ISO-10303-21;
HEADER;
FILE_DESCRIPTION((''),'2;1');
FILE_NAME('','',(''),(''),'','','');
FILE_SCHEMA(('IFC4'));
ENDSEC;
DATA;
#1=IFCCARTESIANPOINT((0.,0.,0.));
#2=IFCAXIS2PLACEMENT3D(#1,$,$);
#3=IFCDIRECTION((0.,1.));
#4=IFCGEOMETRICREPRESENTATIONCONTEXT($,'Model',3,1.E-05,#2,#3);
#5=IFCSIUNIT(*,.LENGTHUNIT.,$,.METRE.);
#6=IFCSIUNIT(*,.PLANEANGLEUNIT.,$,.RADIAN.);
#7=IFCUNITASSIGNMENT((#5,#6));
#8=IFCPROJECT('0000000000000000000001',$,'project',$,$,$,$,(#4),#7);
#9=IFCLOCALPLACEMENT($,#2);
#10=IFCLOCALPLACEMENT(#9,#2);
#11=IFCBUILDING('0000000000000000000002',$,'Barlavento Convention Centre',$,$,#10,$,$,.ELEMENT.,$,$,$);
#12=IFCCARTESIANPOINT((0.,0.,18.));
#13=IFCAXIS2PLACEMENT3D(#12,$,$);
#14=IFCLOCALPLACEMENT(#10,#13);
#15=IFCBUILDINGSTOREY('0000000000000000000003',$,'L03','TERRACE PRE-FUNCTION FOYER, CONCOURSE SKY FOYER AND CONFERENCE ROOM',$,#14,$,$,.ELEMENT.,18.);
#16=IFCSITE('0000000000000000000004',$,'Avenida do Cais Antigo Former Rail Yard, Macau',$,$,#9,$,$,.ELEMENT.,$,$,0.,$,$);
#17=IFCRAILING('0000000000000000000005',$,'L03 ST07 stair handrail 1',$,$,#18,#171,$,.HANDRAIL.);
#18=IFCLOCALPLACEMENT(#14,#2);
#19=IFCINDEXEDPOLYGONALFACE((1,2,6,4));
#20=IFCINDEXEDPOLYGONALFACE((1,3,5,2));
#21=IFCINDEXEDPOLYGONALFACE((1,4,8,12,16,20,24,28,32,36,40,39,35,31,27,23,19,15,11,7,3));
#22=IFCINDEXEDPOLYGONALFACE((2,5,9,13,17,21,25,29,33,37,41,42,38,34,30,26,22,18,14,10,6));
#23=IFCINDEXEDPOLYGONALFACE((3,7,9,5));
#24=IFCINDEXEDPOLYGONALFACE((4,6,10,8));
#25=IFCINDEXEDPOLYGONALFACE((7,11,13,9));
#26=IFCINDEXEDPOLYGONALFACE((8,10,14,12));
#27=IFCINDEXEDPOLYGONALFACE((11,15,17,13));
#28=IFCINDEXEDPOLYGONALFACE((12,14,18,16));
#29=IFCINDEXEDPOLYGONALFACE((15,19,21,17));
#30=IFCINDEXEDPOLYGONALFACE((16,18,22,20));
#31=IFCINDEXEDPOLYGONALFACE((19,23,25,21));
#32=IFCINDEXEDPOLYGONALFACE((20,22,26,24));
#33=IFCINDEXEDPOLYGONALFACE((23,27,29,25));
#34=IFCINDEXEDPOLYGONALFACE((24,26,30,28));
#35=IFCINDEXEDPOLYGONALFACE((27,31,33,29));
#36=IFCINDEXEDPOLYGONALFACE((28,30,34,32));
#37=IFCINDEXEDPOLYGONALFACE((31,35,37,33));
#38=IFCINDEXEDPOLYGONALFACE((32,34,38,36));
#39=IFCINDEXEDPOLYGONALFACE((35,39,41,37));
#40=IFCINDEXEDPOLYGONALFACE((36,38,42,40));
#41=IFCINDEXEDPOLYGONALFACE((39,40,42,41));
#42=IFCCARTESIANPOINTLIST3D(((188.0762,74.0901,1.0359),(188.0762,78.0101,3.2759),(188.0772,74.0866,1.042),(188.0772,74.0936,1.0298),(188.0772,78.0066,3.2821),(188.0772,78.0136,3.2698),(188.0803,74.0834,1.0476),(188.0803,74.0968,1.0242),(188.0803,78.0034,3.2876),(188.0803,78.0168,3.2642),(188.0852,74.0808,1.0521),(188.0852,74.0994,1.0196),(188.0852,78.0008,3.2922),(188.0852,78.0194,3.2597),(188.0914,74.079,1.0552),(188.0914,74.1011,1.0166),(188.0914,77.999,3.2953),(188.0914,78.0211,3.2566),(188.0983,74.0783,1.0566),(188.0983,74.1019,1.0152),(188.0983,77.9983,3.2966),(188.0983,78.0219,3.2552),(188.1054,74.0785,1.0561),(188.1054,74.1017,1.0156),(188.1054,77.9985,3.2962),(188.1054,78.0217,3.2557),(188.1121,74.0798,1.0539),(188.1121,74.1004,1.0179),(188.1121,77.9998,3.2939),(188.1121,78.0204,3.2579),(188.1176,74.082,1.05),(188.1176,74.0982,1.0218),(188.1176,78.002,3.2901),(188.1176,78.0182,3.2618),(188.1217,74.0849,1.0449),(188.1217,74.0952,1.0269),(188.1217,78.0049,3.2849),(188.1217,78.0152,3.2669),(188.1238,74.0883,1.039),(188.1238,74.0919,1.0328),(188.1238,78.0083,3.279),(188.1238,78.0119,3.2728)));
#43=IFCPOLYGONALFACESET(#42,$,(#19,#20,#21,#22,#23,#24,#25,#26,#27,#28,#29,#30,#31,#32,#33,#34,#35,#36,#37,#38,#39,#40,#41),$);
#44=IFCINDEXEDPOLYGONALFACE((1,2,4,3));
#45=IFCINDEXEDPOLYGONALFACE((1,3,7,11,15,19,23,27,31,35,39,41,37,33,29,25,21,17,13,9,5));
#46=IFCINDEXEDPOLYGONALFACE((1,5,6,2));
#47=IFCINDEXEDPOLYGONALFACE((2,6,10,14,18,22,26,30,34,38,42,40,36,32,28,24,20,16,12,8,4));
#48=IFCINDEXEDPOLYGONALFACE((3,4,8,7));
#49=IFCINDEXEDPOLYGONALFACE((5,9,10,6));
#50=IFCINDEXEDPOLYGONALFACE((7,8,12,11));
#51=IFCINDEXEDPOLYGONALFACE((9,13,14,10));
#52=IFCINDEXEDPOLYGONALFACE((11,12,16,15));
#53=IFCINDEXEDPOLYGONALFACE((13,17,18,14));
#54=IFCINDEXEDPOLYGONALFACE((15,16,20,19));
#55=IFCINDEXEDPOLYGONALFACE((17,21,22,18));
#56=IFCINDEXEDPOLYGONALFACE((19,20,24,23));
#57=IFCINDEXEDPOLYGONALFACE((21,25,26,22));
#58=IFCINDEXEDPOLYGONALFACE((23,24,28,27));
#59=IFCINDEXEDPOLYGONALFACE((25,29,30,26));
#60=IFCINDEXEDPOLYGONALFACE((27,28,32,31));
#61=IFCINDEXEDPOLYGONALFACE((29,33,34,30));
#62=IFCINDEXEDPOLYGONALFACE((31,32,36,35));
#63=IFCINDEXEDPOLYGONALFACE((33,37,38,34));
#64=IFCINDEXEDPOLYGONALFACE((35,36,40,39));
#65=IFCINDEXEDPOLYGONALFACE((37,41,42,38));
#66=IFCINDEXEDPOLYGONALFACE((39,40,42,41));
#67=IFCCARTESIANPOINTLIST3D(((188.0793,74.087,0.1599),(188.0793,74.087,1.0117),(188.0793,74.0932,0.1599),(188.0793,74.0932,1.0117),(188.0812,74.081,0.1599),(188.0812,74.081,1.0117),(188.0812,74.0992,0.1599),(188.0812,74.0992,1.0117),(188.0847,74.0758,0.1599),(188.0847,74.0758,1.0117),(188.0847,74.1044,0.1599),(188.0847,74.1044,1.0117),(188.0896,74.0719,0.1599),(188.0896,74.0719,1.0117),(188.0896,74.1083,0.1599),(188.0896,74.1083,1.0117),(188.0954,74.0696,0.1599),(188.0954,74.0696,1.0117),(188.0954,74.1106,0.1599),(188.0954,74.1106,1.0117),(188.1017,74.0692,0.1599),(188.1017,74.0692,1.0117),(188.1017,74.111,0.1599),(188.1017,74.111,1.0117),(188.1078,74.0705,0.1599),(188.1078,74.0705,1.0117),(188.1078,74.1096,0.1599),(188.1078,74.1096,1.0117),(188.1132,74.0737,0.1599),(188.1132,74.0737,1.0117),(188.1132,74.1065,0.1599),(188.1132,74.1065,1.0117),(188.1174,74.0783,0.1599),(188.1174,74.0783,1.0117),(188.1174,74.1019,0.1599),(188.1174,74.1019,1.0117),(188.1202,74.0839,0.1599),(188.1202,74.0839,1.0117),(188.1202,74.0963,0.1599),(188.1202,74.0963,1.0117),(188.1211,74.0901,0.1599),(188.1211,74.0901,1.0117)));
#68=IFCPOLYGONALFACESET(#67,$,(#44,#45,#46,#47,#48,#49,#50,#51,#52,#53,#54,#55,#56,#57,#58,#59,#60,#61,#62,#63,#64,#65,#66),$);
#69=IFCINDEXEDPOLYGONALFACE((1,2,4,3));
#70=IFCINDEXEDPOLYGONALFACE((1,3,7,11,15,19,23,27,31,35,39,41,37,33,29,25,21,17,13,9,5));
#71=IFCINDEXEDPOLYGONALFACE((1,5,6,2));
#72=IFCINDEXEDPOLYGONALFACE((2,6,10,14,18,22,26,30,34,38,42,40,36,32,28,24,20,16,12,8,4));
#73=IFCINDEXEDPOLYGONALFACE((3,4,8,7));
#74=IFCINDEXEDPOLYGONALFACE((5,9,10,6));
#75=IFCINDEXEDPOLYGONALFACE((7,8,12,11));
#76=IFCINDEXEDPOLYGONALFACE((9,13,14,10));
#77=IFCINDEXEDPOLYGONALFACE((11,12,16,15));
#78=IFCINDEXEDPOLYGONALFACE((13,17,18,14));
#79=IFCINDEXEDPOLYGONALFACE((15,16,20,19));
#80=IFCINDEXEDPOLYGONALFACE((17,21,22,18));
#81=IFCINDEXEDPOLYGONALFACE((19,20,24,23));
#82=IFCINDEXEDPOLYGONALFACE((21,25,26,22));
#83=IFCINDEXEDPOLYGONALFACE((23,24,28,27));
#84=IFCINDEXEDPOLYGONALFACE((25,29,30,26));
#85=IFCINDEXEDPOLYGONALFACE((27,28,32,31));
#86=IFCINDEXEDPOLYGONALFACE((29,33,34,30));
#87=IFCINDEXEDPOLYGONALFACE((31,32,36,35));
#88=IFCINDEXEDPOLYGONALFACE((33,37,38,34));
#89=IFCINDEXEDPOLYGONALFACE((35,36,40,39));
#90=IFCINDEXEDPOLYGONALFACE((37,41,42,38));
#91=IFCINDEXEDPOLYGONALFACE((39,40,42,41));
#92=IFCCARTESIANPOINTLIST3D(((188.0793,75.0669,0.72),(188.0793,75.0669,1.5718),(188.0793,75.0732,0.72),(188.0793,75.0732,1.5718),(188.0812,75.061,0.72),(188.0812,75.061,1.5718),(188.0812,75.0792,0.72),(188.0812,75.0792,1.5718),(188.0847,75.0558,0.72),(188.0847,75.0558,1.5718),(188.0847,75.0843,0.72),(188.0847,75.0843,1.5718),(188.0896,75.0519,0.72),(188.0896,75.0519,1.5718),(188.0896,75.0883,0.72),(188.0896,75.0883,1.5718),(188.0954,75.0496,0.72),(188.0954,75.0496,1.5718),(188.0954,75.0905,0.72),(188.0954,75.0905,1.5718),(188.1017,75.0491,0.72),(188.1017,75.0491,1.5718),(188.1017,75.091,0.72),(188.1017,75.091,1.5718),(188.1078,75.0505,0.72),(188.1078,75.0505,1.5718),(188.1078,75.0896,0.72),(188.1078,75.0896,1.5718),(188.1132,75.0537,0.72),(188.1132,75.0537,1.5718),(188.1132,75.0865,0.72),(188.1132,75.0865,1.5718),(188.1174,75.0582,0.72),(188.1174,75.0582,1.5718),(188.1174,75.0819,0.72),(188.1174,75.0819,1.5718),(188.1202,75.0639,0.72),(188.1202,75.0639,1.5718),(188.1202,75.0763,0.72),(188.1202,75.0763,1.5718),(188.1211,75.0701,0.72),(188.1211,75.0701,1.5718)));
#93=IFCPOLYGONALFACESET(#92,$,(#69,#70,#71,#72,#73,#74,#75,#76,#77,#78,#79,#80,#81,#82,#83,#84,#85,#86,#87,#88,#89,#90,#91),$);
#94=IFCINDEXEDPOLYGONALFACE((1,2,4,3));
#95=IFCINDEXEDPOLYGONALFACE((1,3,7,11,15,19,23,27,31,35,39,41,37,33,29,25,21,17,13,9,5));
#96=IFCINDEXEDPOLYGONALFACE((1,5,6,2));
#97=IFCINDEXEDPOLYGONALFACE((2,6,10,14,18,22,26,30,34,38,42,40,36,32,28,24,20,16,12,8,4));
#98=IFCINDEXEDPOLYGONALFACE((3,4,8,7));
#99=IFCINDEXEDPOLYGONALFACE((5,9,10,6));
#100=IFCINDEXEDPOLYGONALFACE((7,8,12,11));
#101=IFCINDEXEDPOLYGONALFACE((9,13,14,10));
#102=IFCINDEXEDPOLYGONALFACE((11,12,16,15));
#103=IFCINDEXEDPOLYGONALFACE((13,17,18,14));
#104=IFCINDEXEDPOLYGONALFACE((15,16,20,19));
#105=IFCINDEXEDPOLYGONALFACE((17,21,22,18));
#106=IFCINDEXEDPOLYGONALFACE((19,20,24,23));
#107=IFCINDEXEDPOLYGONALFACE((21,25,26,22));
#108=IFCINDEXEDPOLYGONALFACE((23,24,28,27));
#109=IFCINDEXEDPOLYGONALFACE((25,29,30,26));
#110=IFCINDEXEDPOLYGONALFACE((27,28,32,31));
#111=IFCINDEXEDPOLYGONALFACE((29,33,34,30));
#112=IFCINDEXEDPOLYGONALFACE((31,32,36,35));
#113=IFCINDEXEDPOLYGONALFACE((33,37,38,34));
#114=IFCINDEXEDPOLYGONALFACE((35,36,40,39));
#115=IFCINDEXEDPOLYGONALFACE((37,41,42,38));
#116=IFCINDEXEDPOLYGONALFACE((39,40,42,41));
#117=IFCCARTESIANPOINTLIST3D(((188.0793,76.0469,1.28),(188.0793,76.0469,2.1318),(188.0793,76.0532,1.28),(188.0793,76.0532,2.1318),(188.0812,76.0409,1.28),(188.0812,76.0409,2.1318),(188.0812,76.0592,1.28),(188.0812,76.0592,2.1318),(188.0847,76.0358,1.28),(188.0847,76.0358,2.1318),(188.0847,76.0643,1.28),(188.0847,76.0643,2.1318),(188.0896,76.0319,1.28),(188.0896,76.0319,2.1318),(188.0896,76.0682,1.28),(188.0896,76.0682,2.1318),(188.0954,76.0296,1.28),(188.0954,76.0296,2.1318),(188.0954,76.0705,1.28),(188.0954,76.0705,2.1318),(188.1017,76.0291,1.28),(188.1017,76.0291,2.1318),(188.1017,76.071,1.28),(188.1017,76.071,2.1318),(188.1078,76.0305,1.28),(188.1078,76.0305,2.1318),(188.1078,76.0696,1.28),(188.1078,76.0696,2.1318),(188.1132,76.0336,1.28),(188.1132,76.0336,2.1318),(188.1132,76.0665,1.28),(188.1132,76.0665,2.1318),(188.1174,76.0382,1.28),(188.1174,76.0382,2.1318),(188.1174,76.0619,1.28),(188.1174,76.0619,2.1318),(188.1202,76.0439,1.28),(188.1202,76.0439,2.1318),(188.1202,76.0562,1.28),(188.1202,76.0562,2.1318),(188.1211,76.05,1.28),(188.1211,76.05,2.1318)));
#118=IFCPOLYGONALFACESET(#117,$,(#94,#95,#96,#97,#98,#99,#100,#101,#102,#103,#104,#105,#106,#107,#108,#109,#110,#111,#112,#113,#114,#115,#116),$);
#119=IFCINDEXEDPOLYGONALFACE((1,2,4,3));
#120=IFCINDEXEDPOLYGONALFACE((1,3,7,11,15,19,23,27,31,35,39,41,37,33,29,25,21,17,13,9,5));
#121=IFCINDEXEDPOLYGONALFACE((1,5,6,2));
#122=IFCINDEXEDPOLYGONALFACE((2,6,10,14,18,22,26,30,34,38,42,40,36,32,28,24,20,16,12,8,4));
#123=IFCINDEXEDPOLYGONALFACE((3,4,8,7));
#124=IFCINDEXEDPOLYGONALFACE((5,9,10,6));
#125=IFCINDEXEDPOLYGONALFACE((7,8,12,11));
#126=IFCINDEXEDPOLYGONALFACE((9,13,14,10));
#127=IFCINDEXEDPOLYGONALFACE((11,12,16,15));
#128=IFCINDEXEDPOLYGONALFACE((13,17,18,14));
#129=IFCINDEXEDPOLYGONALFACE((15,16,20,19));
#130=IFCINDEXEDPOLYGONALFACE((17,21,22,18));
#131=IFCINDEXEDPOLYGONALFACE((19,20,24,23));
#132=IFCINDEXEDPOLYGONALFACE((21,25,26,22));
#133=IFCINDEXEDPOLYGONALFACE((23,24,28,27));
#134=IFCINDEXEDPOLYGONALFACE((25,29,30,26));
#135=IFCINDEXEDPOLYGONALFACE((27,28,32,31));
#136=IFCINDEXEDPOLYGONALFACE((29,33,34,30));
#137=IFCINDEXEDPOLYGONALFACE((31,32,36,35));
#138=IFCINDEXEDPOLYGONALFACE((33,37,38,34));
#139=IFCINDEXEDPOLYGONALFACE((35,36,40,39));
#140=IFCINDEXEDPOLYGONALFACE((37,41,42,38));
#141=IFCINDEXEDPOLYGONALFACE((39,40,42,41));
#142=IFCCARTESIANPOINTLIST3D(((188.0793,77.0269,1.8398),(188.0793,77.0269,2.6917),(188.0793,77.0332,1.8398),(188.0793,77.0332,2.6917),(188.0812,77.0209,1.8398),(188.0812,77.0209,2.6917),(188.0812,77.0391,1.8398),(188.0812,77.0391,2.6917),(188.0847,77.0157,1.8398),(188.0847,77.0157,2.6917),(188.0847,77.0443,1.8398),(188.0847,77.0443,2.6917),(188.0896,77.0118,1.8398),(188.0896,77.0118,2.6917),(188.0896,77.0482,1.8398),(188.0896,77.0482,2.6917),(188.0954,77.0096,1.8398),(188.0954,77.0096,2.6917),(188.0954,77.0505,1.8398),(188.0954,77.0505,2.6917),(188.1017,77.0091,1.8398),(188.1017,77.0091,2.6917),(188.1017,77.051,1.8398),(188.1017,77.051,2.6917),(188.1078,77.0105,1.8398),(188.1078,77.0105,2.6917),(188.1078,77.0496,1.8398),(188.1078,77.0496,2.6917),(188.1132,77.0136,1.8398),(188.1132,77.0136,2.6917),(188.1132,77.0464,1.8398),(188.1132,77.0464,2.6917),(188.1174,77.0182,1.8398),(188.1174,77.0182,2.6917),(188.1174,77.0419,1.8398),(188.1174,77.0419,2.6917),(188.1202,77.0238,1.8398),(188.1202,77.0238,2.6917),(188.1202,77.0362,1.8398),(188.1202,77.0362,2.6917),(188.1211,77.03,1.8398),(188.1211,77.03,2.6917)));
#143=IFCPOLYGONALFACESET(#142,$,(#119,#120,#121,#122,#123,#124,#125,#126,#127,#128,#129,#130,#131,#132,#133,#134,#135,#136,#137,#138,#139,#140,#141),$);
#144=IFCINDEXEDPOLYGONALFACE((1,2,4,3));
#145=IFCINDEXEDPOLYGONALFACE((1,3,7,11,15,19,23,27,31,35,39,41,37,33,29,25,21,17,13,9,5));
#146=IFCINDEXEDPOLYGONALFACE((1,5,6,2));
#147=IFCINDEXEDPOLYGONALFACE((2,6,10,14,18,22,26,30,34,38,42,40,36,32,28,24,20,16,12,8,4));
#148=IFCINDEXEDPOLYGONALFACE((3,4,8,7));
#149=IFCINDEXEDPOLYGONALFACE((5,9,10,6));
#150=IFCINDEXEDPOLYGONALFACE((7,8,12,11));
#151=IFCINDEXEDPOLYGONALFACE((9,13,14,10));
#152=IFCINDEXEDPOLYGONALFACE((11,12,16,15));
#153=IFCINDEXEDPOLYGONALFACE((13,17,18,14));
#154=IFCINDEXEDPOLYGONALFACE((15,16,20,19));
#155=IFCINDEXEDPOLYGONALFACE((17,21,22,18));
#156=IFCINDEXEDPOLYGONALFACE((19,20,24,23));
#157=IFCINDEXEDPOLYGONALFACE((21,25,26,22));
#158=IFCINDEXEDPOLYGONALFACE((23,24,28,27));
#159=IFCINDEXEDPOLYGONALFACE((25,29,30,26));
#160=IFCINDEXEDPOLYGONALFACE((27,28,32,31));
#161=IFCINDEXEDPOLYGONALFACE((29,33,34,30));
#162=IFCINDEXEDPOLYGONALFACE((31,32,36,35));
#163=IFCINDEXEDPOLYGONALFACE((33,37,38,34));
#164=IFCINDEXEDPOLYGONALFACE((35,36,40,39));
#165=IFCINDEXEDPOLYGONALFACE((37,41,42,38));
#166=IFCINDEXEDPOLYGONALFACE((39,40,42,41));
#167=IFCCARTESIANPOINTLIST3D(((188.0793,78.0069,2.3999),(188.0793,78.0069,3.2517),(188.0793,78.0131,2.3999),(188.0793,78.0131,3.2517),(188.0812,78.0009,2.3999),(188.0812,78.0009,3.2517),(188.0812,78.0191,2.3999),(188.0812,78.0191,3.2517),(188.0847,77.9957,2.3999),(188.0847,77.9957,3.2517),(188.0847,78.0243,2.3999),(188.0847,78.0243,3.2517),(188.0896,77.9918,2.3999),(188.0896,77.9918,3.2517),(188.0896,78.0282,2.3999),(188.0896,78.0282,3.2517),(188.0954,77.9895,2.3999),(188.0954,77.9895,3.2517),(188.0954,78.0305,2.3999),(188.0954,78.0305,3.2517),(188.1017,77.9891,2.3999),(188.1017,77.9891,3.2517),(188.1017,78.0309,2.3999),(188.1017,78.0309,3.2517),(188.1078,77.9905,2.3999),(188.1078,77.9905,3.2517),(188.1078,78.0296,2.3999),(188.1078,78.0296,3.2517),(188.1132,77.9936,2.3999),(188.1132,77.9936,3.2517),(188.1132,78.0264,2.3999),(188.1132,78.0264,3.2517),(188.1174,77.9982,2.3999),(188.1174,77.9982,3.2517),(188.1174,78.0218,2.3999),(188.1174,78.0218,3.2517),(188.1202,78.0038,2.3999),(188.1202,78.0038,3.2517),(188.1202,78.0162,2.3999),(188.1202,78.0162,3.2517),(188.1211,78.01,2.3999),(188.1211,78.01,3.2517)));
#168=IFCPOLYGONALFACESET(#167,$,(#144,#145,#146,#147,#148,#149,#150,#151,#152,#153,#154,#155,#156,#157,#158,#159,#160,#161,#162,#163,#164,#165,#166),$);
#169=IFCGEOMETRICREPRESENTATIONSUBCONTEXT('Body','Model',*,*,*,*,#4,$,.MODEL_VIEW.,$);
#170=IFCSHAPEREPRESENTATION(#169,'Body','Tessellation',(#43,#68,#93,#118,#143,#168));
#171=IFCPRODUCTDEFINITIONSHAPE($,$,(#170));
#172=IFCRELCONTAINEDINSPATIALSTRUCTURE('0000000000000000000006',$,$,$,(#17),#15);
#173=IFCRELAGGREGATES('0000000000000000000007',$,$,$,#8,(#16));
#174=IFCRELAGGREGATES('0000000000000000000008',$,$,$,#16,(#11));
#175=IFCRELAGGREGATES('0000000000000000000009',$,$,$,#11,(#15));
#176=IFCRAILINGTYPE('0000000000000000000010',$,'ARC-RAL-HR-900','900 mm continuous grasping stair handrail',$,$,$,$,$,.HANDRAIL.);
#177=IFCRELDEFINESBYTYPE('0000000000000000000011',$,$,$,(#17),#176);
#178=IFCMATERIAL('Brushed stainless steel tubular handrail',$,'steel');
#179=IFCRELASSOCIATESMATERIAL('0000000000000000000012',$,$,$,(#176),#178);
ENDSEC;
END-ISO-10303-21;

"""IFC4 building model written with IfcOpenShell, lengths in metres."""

from ifc_helpers import new_model, si_unit, direction, frame, origin, origin_2d, place, context, subcontext, project, spatial, circle, extrude, material, type_object, element, save


model = new_model("IFC4")

# Units and contexts
model_context = context("Model", 3, precision=1e-05, world=origin(), true_north=direction((0.0, 1.0)))
body_context = subcontext(model_context, "Body", "Model", "MODEL_VIEW")
ifc_project = project(units=[si_unit("LENGTHUNIT", "METRE"), si_unit("PLANEANGLEUNIT", "RADIAN")], contexts=[model_context])

# Site, building, storey
site_placement = place(None, origin())
site = spatial("IfcSite", under=ifc_project, at=site_placement, Name="Avenida do Cais Antigo Former Rail Yard, Macau", CompositionType="ELEMENT", RefElevation=0.0)
building_placement = place(site_placement, origin())
building = spatial("IfcBuilding", under=site, at=building_placement, Name="Barlavento Convention Centre", CompositionType="ELEMENT")
storey_placement = place(building_placement, frame((0.0, 0.0, 18.0)))
storey = spatial("IfcBuildingStorey", under=building, at=storey_placement, Name="L03", Description="TERRACE PRE-FUNCTION FOYER, CONCOURSE SKY FOYER AND CONFERENCE ROOM", CompositionType="ELEMENT", Elevation=18.0)

# Railing
ifc_material_1 = material(Name="Brushed stainless steel tubular handrail", Category="steel")
railing_type_1 = type_object("IfcRailingType", Name="ARC-RAL-HR-900", Description="900 mm continuous grasping stair handrail", PredefinedType="HANDRAIL", material=ifc_material_1)
railing_1_placement = place(storey_placement, frame((188.1001, 74.0901, 0.1599)))
element("IfcRailing", 1, at=railing_1_placement, inside=storey, type_object=railing_type_1, Name="L03 ST07 stair handrail 1", PredefinedType="HANDRAIL", context=body_context, shape_type="SweptSolid", body=[
    extrude(circle(Radius=0.0239, at=origin_2d()), frame((0.0, 0.0, 0.876), z_axis=(0.0, 0.86824, 0.496145), x_axis=(-1.0, 0.0, 0.0)), (0.0, 0.0, 1.0), 4.5149),
    extrude(circle(Radius=0.021, at=origin_2d()), origin(), (0.0, 0.0, 1.0), 0.8518),
    extrude(circle(Radius=0.021, at=origin_2d()), frame((0.0, 0.98, 0.5601)), (0.0, 0.0, 1.0), 0.8518),
    extrude(circle(Radius=0.021, at=origin_2d()), frame((0.0, 1.96, 1.1201)), (0.0, 0.0, 1.0), 0.8518),
    extrude(circle(Radius=0.021, at=origin_2d()), frame((0.0, 2.9399, 1.6799)), (0.0, 0.0, 1.0), 0.8518),
    extrude(circle(Radius=0.021, at=origin_2d()), frame((0.0, 3.9199, 2.24)), (0.0, 0.0, 1.0), 0.8518),
])

save(model, "model.ifc")
